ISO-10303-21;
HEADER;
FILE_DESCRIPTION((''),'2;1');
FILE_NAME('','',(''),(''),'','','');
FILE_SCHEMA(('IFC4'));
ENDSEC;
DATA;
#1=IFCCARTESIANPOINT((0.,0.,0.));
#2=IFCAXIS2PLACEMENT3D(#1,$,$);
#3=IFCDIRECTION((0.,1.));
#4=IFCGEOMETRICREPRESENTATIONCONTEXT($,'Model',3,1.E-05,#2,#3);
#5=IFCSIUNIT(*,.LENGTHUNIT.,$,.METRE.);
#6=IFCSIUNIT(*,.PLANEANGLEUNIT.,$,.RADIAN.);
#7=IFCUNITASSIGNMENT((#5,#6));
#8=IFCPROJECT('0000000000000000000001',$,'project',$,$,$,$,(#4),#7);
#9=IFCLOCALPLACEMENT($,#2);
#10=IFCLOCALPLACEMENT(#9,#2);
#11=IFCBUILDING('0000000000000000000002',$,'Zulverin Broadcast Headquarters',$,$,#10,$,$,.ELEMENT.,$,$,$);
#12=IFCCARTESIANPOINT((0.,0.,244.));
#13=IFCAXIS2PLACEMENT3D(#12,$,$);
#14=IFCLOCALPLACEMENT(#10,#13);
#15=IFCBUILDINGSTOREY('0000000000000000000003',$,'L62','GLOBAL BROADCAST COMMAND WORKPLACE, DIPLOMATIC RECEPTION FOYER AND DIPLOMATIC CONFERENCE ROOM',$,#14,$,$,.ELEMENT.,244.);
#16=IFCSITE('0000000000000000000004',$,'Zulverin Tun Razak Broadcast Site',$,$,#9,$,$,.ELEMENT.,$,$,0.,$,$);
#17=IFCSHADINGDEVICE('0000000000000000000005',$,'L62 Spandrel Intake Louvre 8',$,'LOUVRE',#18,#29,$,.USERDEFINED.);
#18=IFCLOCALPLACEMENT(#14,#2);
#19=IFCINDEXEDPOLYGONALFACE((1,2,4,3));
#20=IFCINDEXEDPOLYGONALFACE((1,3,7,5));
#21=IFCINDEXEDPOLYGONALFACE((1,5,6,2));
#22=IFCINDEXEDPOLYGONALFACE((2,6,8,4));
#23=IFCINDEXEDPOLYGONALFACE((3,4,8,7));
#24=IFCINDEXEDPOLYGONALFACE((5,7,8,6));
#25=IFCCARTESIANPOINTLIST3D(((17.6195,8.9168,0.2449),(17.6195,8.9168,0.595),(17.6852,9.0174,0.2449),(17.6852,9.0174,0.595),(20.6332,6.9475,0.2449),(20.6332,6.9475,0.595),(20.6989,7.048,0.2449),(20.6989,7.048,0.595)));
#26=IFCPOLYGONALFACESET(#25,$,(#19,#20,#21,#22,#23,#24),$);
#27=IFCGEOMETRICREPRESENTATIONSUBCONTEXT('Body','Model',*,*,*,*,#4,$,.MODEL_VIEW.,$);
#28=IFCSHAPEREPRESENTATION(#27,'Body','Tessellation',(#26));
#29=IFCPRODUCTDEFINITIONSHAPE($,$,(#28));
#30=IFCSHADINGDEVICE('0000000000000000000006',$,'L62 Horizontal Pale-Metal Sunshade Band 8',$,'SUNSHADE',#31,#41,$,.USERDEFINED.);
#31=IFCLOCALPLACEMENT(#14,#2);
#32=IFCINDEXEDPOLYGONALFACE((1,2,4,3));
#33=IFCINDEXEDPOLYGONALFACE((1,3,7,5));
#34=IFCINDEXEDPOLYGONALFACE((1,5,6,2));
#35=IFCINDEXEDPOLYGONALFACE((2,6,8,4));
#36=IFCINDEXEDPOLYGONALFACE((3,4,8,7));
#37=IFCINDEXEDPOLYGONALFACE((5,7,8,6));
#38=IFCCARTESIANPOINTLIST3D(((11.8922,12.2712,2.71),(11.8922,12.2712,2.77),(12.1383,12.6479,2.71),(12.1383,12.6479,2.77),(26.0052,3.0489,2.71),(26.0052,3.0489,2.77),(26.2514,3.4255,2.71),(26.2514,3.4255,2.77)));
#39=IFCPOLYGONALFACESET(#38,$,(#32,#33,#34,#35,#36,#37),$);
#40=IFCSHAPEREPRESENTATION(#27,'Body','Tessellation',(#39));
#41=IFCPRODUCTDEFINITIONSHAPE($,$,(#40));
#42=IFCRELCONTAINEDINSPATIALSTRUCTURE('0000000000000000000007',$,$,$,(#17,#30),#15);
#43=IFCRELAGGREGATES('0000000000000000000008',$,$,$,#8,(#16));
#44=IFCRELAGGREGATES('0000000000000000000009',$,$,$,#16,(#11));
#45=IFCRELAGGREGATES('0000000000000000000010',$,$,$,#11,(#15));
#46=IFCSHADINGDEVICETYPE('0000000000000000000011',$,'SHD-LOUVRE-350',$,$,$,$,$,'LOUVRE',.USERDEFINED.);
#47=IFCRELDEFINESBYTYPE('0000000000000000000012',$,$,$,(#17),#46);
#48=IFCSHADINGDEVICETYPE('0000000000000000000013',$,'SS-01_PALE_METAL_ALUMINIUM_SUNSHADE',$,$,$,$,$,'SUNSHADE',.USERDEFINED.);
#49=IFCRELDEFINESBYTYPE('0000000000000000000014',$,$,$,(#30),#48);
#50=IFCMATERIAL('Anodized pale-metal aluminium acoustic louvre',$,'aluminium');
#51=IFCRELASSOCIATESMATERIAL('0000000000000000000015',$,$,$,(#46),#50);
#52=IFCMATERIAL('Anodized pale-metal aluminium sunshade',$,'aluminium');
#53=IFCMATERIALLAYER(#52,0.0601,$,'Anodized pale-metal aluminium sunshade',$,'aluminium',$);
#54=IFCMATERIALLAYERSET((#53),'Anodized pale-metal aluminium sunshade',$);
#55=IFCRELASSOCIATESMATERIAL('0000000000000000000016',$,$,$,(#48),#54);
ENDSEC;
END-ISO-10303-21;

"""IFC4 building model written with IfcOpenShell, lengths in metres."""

from ifc_helpers import new_model, si_unit, direction, frame, origin, origin_2d, place, context, subcontext, project, spatial, rectangle, extrude, material, layer, layer_set, type_object, element, save


model = new_model("IFC4")

# Units and contexts
model_context = context("Model", 3, precision=1e-05, world=origin(), true_north=direction((0.0, 1.0)))
body_context = subcontext(model_context, "Body", "Model", "MODEL_VIEW")
ifc_project = project(units=[si_unit("LENGTHUNIT", "METRE"), si_unit("PLANEANGLEUNIT", "RADIAN")], contexts=[model_context])

# Site, building, storey
site_placement = place(None, origin())
site = spatial("IfcSite", under=ifc_project, at=site_placement, Name="Zulverin Tun Razak Broadcast Site", CompositionType="ELEMENT", RefElevation=0.0)
building_placement = place(site_placement, origin())
building = spatial("IfcBuilding", under=site, at=building_placement, Name="Zulverin Broadcast Headquarters", CompositionType="ELEMENT")
storey_placement = place(building_placement, frame((0.0, 0.0, 244.0)))
storey = spatial("IfcBuildingStorey", under=building, at=storey_placement, Name="L62", Description="GLOBAL BROADCAST COMMAND WORKPLACE, DIPLOMATIC RECEPTION FOYER AND DIPLOMATIC CONFERENCE ROOM", CompositionType="ELEMENT", Elevation=244.0)

# Shading devices
ifc_material_1 = material(Name="Anodized pale-metal aluminium acoustic louvre", Category="aluminium")
shading_device_type_1 = type_object("IfcShadingDeviceType", Name="SHD-LOUVRE-350", ElementType="LOUVRE", PredefinedType="USERDEFINED", material=ifc_material_1)
shading_device_1_placement = place(storey_placement, frame((19.1592, 7.9824, 0.2449), z_axis=(0.0, 0.0, 1.0), x_axis=(0.837116, -0.547026, 0.0)))
element("IfcShadingDevice", 1, at=shading_device_1_placement, inside=storey, type_object=shading_device_type_1, Name="L62 Spandrel Intake Louvre 8", ObjectType="LOUVRE", PredefinedType="USERDEFINED", context=body_context, shape_type="SweptSolid", body=[
    extrude(rectangle(XDim=3.6001, YDim=0.1201, at=origin_2d()), origin(), (0.0, 0.0, 1.0), 0.3501),
])
ifc_material_2 = material(Name="Anodized pale-metal aluminium sunshade", Category="aluminium")
ifc_layer_1 = layer(ifc_material_2, 0.0601, Name="Anodized pale-metal aluminium sunshade", Category="aluminium")
ifc_layer_set_1 = layer_set([ifc_layer_1], Name="Anodized pale-metal aluminium sunshade")
shading_device_type_2 = type_object("IfcShadingDeviceType", Name="SS-01_PALE_METAL_ALUMINIUM_SUNSHADE", ElementType="SUNSHADE", PredefinedType="USERDEFINED", material=ifc_layer_set_1)
shading_device_2_placement = place(storey_placement, frame((19.0718, 7.8484, 2.71), z_axis=(0.0, 0.0, 1.0), x_axis=(0.837116, -0.547026, 0.0)))
element("IfcShadingDevice", 2, at=shading_device_2_placement, inside=storey, type_object=shading_device_type_2, Name="L62 Horizontal Pale-Metal Sunshade Band 8", ObjectType="SUNSHADE", PredefinedType="USERDEFINED", context=body_context, shape_type="SweptSolid", body=[
    extrude(rectangle(XDim=16.8591, YDim=0.45, at=origin_2d()), origin(), (0.0, 0.0, 1.0), 0.0601),
])

save(model, "model.ifc")
